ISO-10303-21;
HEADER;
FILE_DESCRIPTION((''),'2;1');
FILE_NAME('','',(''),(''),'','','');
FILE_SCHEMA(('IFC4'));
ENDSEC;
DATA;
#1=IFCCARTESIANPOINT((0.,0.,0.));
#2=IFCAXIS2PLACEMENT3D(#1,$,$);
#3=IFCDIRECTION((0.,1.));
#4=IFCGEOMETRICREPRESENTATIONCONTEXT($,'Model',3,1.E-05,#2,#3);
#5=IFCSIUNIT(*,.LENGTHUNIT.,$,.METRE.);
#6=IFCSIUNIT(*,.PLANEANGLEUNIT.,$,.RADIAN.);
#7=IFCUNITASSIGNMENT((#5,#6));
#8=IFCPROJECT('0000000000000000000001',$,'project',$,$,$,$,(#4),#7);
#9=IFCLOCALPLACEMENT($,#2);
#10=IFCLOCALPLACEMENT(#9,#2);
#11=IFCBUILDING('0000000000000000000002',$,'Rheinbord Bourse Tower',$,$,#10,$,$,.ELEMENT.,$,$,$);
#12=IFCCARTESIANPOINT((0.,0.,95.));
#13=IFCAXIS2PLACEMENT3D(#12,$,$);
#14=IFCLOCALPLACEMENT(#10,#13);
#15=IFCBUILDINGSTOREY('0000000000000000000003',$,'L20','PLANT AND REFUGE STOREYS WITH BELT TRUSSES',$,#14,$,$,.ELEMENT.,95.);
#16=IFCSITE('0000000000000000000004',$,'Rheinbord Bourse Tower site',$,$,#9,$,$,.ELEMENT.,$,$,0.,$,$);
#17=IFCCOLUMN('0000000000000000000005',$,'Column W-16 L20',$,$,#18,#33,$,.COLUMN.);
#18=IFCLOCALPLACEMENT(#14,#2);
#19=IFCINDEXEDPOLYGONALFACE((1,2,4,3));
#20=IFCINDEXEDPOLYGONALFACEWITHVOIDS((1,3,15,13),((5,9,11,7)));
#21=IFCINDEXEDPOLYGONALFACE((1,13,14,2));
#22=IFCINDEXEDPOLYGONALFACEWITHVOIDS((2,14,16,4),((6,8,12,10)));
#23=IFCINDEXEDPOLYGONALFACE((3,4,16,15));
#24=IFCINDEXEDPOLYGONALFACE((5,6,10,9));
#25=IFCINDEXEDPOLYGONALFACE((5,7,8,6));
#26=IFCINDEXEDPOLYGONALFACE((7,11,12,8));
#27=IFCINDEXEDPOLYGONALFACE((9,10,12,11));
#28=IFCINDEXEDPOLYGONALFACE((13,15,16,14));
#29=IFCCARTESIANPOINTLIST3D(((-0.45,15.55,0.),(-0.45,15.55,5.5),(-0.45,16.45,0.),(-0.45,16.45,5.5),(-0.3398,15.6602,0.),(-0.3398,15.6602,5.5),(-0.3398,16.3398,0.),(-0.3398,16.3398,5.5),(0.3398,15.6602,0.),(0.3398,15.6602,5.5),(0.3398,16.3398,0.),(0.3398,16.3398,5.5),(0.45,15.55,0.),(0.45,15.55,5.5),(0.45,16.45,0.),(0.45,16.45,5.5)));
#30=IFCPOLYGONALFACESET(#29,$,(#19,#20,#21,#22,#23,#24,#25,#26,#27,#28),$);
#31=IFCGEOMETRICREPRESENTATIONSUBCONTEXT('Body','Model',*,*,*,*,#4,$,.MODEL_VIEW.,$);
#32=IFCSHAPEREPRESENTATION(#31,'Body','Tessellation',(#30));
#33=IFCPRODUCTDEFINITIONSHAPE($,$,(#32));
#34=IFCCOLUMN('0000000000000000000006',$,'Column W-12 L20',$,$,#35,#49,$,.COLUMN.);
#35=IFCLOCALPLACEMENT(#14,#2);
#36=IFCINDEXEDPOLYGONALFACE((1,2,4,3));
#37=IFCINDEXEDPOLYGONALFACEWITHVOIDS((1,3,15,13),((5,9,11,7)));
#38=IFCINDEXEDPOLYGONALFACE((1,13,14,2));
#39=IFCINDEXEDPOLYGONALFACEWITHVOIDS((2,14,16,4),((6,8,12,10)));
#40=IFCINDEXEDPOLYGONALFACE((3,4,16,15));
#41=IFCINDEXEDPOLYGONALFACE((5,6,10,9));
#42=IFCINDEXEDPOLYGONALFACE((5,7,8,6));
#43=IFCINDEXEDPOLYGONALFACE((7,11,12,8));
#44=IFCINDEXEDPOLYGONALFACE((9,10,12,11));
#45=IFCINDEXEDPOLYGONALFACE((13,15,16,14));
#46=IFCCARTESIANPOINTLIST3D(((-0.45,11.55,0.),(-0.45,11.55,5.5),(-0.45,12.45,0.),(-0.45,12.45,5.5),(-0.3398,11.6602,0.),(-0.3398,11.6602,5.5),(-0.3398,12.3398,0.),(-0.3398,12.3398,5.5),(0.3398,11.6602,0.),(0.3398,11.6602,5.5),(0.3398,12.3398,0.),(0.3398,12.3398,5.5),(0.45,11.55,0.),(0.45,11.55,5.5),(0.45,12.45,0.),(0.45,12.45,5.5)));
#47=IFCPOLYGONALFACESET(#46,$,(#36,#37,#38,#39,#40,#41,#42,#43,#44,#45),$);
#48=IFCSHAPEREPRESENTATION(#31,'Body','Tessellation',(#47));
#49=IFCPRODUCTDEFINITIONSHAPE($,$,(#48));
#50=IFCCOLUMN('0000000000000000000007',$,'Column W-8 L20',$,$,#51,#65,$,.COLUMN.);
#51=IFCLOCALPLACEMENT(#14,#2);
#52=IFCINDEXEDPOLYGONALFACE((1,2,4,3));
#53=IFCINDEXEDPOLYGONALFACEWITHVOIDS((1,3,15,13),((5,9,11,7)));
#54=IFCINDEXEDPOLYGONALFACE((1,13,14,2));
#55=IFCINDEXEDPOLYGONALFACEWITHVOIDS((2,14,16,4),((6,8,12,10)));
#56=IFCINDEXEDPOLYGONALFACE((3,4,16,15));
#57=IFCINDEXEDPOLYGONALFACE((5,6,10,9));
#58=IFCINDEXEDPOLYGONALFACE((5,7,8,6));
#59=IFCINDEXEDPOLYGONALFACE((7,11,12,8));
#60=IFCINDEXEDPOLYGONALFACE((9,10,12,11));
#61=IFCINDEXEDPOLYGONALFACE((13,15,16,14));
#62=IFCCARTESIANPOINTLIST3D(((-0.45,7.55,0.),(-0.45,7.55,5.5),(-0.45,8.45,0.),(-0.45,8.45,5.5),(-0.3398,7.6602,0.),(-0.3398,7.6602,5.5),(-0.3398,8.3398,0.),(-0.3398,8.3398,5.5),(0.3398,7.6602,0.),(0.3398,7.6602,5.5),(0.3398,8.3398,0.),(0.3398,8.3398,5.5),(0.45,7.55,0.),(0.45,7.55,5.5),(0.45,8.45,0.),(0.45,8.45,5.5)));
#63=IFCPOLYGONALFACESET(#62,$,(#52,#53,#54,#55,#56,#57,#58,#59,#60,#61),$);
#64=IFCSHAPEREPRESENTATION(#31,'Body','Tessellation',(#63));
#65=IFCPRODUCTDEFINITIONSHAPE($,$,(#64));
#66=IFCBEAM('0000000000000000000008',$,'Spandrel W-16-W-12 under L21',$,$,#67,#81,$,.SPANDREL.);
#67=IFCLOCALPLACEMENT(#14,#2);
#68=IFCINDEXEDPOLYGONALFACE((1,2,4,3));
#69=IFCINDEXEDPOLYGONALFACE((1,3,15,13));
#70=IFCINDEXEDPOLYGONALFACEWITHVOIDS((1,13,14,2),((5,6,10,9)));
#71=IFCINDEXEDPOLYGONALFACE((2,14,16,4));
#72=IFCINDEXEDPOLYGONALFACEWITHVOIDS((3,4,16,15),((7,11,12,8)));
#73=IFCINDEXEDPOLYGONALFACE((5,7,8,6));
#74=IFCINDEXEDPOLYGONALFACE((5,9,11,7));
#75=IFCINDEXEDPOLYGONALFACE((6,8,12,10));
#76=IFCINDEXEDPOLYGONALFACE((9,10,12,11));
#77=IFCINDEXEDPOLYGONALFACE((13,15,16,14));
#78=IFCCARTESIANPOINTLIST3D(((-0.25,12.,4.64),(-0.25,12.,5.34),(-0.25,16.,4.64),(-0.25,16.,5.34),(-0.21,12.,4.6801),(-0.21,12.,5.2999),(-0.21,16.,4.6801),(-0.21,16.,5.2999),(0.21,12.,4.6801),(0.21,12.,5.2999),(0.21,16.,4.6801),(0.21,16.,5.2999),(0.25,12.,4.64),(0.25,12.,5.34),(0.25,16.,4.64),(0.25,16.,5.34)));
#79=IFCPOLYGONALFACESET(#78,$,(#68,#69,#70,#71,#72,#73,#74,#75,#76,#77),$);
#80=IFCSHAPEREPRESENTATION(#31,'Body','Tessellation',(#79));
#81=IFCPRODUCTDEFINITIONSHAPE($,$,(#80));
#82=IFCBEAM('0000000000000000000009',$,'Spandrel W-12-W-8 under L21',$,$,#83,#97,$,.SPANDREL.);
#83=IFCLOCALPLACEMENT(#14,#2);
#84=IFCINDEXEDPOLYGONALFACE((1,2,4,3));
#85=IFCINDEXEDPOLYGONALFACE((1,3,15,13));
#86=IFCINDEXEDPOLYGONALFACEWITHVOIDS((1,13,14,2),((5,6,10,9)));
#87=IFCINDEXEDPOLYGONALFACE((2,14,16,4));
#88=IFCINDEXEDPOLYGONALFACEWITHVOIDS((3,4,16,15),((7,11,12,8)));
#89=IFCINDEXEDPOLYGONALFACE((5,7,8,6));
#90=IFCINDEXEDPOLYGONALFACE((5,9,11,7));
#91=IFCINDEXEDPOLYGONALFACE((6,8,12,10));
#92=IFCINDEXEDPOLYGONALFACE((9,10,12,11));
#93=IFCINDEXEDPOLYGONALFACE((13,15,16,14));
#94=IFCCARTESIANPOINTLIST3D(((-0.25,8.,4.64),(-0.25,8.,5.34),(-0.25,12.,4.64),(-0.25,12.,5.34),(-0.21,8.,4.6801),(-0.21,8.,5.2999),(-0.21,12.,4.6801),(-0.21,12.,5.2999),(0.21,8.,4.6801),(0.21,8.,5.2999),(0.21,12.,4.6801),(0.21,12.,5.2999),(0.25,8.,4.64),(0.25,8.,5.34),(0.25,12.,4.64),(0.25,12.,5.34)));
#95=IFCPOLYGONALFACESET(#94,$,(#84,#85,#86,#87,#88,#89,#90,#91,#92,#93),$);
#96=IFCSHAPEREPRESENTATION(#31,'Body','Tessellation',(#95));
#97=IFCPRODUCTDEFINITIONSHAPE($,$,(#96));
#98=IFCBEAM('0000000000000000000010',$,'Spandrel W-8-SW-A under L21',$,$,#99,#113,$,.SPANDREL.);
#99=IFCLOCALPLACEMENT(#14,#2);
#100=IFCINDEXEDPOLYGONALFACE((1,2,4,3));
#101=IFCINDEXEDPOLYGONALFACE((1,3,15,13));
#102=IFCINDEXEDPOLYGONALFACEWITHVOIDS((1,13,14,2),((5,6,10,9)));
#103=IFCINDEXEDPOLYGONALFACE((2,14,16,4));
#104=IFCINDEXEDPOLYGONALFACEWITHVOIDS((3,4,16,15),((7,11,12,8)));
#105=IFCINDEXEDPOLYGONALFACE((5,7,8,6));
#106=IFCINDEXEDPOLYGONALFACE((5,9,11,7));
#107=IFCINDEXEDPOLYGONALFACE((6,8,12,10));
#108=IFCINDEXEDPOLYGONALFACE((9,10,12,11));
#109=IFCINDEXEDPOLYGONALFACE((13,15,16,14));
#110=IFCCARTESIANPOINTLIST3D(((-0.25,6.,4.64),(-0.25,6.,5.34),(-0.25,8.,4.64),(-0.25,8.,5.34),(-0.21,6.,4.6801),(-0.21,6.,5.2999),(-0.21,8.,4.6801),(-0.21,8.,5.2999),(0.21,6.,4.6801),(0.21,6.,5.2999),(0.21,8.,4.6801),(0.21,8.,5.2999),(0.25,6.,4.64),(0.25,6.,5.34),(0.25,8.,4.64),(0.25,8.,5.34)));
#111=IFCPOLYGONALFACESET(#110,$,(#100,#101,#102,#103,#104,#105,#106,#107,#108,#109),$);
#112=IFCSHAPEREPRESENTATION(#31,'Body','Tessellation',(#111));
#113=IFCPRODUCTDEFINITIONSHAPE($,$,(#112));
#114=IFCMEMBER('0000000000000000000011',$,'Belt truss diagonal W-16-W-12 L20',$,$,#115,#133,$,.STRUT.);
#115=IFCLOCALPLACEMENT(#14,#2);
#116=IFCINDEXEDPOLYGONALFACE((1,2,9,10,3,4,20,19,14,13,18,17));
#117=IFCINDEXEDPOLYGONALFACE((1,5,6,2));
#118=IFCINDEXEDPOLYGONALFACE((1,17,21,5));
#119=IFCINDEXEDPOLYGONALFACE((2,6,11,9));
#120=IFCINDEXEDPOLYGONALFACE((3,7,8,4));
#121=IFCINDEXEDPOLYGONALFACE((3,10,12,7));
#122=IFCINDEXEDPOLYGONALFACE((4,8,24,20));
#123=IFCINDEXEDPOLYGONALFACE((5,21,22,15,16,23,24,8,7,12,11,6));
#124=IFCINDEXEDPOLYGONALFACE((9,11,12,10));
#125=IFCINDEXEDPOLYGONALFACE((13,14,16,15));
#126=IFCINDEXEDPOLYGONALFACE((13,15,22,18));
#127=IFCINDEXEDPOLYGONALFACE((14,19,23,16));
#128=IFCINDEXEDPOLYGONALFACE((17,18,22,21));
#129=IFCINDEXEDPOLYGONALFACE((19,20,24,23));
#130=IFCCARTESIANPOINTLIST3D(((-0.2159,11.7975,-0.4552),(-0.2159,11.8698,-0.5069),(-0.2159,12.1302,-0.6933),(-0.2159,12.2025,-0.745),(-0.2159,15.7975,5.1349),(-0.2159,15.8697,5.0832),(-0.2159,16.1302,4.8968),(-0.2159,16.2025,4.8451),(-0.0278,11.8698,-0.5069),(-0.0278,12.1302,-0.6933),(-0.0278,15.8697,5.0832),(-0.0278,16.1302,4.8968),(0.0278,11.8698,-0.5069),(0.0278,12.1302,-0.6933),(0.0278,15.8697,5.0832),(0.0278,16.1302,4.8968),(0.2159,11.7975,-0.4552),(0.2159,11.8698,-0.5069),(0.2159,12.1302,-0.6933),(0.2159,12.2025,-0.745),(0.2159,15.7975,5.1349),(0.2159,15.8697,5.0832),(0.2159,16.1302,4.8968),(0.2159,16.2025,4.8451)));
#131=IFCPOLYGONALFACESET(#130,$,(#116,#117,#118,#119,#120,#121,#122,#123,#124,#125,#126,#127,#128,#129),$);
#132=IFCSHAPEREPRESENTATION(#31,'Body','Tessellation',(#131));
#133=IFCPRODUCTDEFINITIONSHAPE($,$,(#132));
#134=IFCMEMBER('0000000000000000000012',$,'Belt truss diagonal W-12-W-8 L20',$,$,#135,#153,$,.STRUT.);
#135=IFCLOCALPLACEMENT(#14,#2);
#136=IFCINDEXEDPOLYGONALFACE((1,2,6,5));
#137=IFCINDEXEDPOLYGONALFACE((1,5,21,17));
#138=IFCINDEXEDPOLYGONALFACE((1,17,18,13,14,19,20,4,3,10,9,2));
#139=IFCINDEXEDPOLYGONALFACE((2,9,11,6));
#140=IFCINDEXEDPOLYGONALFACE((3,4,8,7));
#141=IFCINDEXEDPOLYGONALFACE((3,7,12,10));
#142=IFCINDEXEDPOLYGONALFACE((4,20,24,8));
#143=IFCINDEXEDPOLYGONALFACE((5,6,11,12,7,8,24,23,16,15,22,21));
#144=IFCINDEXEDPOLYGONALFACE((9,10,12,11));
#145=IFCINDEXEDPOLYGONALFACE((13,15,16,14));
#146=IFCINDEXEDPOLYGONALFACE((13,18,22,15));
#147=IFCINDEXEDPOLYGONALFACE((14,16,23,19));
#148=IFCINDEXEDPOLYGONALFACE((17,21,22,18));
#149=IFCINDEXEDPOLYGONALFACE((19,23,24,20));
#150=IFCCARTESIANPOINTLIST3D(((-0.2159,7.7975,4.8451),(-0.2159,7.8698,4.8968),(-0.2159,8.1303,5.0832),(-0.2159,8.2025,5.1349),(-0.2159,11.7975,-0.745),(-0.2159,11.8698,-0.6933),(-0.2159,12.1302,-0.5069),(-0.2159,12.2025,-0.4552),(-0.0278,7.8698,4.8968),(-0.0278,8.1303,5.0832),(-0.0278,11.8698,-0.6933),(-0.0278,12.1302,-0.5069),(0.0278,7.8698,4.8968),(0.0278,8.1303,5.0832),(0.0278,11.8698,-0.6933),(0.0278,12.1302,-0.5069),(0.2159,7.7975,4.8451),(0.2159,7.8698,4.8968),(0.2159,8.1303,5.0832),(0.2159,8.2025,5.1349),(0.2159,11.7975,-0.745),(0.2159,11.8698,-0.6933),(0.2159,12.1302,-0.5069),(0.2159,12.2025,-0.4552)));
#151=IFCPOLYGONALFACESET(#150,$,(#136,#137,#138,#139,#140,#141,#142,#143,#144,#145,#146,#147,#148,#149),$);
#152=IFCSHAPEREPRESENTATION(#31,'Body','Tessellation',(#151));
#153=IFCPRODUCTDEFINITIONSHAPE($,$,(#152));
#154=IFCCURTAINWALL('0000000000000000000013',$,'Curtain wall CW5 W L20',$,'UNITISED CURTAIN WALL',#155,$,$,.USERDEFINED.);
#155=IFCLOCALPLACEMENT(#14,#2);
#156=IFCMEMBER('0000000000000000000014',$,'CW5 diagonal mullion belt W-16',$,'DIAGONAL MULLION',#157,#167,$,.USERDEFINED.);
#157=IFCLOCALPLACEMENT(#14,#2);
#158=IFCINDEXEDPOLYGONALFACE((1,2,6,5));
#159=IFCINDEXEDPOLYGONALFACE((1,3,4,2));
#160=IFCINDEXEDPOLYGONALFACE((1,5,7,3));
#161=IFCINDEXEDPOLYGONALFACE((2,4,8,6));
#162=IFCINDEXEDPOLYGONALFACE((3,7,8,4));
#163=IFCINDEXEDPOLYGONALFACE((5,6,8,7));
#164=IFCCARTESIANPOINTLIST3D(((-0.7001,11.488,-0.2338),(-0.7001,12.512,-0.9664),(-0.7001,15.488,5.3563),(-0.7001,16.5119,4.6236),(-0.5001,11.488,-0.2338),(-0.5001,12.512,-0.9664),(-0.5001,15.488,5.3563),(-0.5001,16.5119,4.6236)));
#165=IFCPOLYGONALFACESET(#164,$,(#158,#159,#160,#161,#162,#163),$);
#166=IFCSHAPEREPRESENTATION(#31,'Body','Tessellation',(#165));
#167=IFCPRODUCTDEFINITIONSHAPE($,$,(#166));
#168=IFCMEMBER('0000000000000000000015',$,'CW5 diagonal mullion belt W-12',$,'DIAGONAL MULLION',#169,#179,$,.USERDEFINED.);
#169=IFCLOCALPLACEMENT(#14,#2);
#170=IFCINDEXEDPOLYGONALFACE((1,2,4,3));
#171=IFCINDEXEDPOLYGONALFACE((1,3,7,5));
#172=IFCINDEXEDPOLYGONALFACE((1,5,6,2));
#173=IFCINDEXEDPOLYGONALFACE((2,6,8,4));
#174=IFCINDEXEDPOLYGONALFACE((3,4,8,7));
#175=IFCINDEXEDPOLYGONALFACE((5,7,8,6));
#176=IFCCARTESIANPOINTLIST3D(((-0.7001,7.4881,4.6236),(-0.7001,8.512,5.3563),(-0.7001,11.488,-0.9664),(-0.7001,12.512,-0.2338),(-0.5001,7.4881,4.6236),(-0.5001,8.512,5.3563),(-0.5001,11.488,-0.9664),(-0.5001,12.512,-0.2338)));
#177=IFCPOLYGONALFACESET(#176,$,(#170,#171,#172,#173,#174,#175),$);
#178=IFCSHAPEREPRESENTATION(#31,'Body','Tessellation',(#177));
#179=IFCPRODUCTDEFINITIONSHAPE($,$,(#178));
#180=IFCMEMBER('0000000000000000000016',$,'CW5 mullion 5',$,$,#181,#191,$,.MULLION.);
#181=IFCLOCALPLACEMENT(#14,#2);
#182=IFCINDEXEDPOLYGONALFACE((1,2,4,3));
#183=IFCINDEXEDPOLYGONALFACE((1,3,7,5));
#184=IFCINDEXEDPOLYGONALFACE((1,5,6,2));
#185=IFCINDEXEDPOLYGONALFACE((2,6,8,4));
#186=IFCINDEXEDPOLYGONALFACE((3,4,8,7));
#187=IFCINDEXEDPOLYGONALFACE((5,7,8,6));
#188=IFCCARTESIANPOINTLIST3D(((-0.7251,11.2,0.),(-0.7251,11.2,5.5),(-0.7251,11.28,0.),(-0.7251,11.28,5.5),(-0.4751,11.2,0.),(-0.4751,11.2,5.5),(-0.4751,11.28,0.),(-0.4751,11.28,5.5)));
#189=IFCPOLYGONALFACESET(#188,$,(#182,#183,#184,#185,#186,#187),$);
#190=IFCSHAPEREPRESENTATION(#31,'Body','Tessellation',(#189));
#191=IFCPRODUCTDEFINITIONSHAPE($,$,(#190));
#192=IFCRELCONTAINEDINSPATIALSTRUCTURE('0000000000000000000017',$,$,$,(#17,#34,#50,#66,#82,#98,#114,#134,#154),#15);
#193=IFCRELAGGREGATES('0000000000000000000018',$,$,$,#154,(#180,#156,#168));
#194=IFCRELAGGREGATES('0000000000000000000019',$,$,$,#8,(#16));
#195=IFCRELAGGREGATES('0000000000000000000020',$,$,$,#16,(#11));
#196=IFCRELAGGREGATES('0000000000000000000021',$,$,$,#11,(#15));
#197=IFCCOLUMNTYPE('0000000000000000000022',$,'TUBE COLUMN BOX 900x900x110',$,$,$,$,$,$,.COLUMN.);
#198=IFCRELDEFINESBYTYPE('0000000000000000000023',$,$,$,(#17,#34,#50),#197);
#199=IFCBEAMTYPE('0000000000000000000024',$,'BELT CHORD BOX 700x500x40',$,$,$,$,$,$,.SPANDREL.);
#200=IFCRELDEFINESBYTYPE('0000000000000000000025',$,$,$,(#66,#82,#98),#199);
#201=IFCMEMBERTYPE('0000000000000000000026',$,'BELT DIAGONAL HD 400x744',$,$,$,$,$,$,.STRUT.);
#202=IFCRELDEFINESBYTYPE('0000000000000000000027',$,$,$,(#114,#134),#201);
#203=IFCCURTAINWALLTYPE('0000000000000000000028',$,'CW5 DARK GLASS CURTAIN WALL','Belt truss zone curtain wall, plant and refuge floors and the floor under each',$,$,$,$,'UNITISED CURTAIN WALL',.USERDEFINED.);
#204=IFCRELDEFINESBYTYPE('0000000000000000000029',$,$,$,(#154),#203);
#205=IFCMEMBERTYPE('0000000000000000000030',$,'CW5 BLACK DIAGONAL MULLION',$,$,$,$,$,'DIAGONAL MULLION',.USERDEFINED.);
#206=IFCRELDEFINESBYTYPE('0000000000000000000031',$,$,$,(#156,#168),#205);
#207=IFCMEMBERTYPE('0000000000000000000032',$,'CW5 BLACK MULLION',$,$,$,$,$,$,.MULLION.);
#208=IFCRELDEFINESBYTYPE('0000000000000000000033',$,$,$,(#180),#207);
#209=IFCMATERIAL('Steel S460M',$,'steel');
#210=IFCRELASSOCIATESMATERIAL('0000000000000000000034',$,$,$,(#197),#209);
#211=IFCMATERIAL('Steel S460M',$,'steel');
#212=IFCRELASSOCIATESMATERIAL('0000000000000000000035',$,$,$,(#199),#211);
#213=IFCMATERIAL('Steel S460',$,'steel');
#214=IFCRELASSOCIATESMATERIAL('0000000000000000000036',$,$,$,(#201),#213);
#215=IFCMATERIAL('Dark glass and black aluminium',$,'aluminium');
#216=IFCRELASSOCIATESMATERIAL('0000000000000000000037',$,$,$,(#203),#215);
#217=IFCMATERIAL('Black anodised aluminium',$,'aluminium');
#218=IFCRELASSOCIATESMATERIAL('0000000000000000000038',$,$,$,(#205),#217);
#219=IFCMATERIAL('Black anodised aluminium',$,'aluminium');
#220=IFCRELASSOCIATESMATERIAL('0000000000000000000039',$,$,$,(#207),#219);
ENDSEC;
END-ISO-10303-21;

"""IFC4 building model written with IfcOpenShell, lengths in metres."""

from ifc_helpers import new_model, si_unit, direction, frame, origin, origin_2d, place, context, subcontext, project, spatial, rectangle, hollow_rectangle, i_section, extrude, material, material_profile, profile_set, type_object, element, aggregate, save


model = new_model("IFC4")

# Units and contexts
model_context = context("Model", 3, precision=1e-05, world=origin(), true_north=direction((0.0, 1.0)))
body_context = subcontext(model_context, "Body", "Model", "MODEL_VIEW")
ifc_project = project(units=[si_unit("LENGTHUNIT", "METRE"), si_unit("PLANEANGLEUNIT", "RADIAN")], contexts=[model_context])

# Site, building, storey
site_placement = place(None, origin())
site = spatial("IfcSite", under=ifc_project, at=site_placement, Name="Rheinbord Bourse Tower site", CompositionType="ELEMENT", RefElevation=0.0)
building_placement = place(site_placement, origin())
building = spatial("IfcBuilding", under=site, at=building_placement, Name="Rheinbord Bourse Tower", CompositionType="ELEMENT")
storey_placement = place(building_placement, frame((0.0, 0.0, 95.0)))
storey = spatial("IfcBuildingStorey", under=building, at=storey_placement, Name="L20", Description="PLANT AND REFUGE STOREYS WITH BELT TRUSSES", CompositionType="ELEMENT", Elevation=95.0)

# Columns
ifc_material_1 = material(Name="Steel S460M", Category="steel")
ifc_material_profile_1 = material_profile(ifc_material_1, hollow_rectangle(XDim=0.8999, YDim=0.8999, WallThickness=0.1101, at=origin_2d()), Name="BOX 900x900x110")
ifc_profile_set_1 = profile_set([ifc_material_profile_1], Name="Steel S460M")
column_type = type_object("IfcColumnType", Name="TUBE COLUMN BOX 900x900x110", PredefinedType="COLUMN", material=ifc_profile_set_1)
for number, where, z_axis, x_axis, name in (
    (1, (0.0, 16.0, 0.0), (0.0, 0.0, 1.0), (1.0, 0.0, 0.0), "Column W-16 L20"),
    (2, (0.0, 12.0, 0.0), (0.0, 0.0, 1.0), (1.0, 0.0, 0.0), "Column W-12 L20"),
    (3, (0.0, 8.0, 0.0), (0.0, 0.0, 1.0), (1.0, 0.0, 0.0), "Column W-8 L20"),
):
    element("IfcColumn", number, at=place(storey_placement, frame(where, z_axis=z_axis, x_axis=x_axis)), inside=storey, type_object=column_type, Name=name, PredefinedType="COLUMN", context=body_context, shape_type="SweptSolid", body=[
        extrude(hollow_rectangle(XDim=0.8999, YDim=0.8999, WallThickness=0.1101, at=origin_2d()), origin(), (0.0, 0.0, 1.0), 5.5),
    ])

# Beams
ifc_material_2 = material(Name="Steel S460M", Category="steel")
ifc_material_profile_2 = material_profile(ifc_material_2, hollow_rectangle(XDim=0.5, YDim=0.7, WallThickness=0.04, at=origin_2d()), Name="BOX 700x500x40")
ifc_profile_set_2 = profile_set([ifc_material_profile_2], Name="Steel S460M")
beam_type_1 = type_object("IfcBeamType", Name="BELT CHORD BOX 700x500x40", PredefinedType="SPANDREL", material=ifc_profile_set_2)
for number, where, z_axis, x_axis, name in (
    (4, (0.0, 16.0, 4.99), (0.0, -1.0, 0.0), (1.0, 0.0, 0.0), "Spandrel W-16-W-12 under L21"),
    (5, (0.0, 12.0, 4.99), (0.0, -1.0, 0.0), (1.0, 0.0, 0.0), "Spandrel W-12-W-8 under L21"),
):
    element("IfcBeam", number, at=place(storey_placement, frame(where, z_axis=z_axis, x_axis=x_axis)), inside=storey, type_object=beam_type_1, Name=name, PredefinedType="SPANDREL", context=body_context, shape_type="SweptSolid", body=[
        extrude(hollow_rectangle(XDim=0.5, YDim=0.7, WallThickness=0.04, at=origin_2d()), origin(), (0.0, 0.0, 1.0), 4.0),
    ])
beam_1_placement = place(storey_placement, frame((0.0, 8.0, 4.99), z_axis=(0.0, -1.0, 0.0), x_axis=(1.0, 0.0, 0.0)))
element("IfcBeam", 6, at=beam_1_placement, inside=storey, type_object=beam_type_1, Name="Spandrel W-8-SW-A under L21", PredefinedType="SPANDREL", context=body_context, shape_type="SweptSolid", body=[
    extrude(hollow_rectangle(XDim=0.5, YDim=0.7, WallThickness=0.04, at=origin_2d()), origin(), (0.0, 0.0, 1.0), 2.0),
])

# Members
ifc_material_3 = material(Name="Steel S460", Category="steel")
ifc_material_profile_3 = material_profile(ifc_material_3, i_section(OverallWidth=0.4319, OverallDepth=0.498, WebThickness=0.0557, FlangeThickness=0.0889, at=origin_2d()), Name="HD 400x744")
ifc_profile_set_3 = profile_set([ifc_material_profile_3], Name="Steel S460")
member_type_1 = type_object("IfcMemberType", Name="BELT DIAGONAL HD 400x744", PredefinedType="STRUT", material=ifc_profile_set_3)
for number, where, z_axis, x_axis, name in (
    (7, (0.0, 12.0, -0.6001), (0.0, 0.58192, 0.813246), (-1.0, 0.0, 0.0), "Belt truss diagonal W-16-W-12 L20"),
    (8, (0.0, 12.0, -0.6001), (0.0, -0.58192, 0.813246), (1.0, 0.0, 0.0), "Belt truss diagonal W-12-W-8 L20"),
):
    element("IfcMember", number, at=place(storey_placement, frame(where, z_axis=z_axis, x_axis=x_axis)), inside=storey, type_object=member_type_1, Name=name, PredefinedType="STRUT", context=body_context, shape_type="SweptSolid", body=[
        extrude(i_section(OverallWidth=0.4319, OverallDepth=0.498, WebThickness=0.0557, FlangeThickness=0.0889, at=origin_2d()), origin(), (0.0, 0.0, 1.0), 6.8738),
    ])

# Curtain wall, members
ifc_material_4 = material(Name="Dark glass and black aluminium", Category="aluminium")
curtain_wall_type = type_object("IfcCurtainWallType", Name="CW5 DARK GLASS CURTAIN WALL", Description="Belt truss zone curtain wall, plant and refuge floors and the floor under each", ElementType="UNITISED CURTAIN WALL", PredefinedType="USERDEFINED", material=ifc_material_4)
curtain_wall_placement = place(storey_placement, origin())
curtain_wall = element("IfcCurtainWall", 9, at=curtain_wall_placement, inside=storey, type_object=curtain_wall_type, Name="Curtain wall CW5 W L20", ObjectType="UNITISED CURTAIN WALL", PredefinedType="USERDEFINED")
ifc_material_5 = material(Name="Black anodised aluminium", Category="aluminium")
ifc_material_profile_4 = material_profile(ifc_material_5, rectangle(XDim=0.2, YDim=1.259, at=origin_2d()), Name="CW5 DIAGONAL MULLION 1259x200")
ifc_profile_set_4 = profile_set([ifc_material_profile_4], Name="Black anodised aluminium")
member_type_2 = type_object("IfcMemberType", Name="CW5 BLACK DIAGONAL MULLION", ElementType="DIAGONAL MULLION", PredefinedType="USERDEFINED", material=ifc_profile_set_4)
member_1_placement = place(storey_placement, frame((-0.6001, 12.0, -0.6001), z_axis=(0.0, 0.58192, 0.813246), x_axis=(-1.0, 0.0, 0.0)))
member_1 = element("IfcMember", 10, at=member_1_placement, type_object=member_type_2, Name="CW5 diagonal mullion belt W-16", ObjectType="DIAGONAL MULLION", PredefinedType="USERDEFINED", context=body_context, shape_type="SweptSolid", body=[
    extrude(rectangle(XDim=0.2, YDim=1.259, at=origin_2d()), origin(), (0.0, 0.0, 1.0), 6.8738),
])
member_2_placement = place(storey_placement, frame((-0.6001, 12.0, -0.6001), z_axis=(0.0, -0.58192, 0.813246), x_axis=(1.0, 0.0, 0.0)))
member_2 = element("IfcMember", 11, at=member_2_placement, type_object=member_type_2, Name="CW5 diagonal mullion belt W-12", ObjectType="DIAGONAL MULLION", PredefinedType="USERDEFINED", context=body_context, shape_type="SweptSolid", body=[
    extrude(rectangle(XDim=0.2, YDim=1.259, at=origin_2d()), origin(), (0.0, 0.0, 1.0), 6.8738),
])
ifc_material_6 = material(Name="Black anodised aluminium", Category="aluminium")
ifc_material_profile_5 = material_profile(ifc_material_6, rectangle(XDim=0.25, YDim=0.0801, at=origin_2d()), Name="CW5 MULLION 80x250")
ifc_profile_set_5 = profile_set([ifc_material_profile_5], Name="Black anodised aluminium")
member_type_3 = type_object("IfcMemberType", Name="CW5 BLACK MULLION", PredefinedType="MULLION", material=ifc_profile_set_5)
member_3_placement = place(storey_placement, frame((-0.6001, 11.24, 0.0), z_axis=(0.0, 0.0, 1.0), x_axis=(1.0, 0.0, 0.0)))
member_3 = element("IfcMember", 12, at=member_3_placement, type_object=member_type_3, Name="CW5 mullion 5", PredefinedType="MULLION", context=body_context, shape_type="SweptSolid", body=[
    extrude(rectangle(XDim=0.25, YDim=0.0801, at=origin_2d()), origin(), (0.0, 0.0, 1.0), 5.5),
])

aggregate(curtain_wall, [member_3, member_1, member_2])

save(model, "model.ifc")
